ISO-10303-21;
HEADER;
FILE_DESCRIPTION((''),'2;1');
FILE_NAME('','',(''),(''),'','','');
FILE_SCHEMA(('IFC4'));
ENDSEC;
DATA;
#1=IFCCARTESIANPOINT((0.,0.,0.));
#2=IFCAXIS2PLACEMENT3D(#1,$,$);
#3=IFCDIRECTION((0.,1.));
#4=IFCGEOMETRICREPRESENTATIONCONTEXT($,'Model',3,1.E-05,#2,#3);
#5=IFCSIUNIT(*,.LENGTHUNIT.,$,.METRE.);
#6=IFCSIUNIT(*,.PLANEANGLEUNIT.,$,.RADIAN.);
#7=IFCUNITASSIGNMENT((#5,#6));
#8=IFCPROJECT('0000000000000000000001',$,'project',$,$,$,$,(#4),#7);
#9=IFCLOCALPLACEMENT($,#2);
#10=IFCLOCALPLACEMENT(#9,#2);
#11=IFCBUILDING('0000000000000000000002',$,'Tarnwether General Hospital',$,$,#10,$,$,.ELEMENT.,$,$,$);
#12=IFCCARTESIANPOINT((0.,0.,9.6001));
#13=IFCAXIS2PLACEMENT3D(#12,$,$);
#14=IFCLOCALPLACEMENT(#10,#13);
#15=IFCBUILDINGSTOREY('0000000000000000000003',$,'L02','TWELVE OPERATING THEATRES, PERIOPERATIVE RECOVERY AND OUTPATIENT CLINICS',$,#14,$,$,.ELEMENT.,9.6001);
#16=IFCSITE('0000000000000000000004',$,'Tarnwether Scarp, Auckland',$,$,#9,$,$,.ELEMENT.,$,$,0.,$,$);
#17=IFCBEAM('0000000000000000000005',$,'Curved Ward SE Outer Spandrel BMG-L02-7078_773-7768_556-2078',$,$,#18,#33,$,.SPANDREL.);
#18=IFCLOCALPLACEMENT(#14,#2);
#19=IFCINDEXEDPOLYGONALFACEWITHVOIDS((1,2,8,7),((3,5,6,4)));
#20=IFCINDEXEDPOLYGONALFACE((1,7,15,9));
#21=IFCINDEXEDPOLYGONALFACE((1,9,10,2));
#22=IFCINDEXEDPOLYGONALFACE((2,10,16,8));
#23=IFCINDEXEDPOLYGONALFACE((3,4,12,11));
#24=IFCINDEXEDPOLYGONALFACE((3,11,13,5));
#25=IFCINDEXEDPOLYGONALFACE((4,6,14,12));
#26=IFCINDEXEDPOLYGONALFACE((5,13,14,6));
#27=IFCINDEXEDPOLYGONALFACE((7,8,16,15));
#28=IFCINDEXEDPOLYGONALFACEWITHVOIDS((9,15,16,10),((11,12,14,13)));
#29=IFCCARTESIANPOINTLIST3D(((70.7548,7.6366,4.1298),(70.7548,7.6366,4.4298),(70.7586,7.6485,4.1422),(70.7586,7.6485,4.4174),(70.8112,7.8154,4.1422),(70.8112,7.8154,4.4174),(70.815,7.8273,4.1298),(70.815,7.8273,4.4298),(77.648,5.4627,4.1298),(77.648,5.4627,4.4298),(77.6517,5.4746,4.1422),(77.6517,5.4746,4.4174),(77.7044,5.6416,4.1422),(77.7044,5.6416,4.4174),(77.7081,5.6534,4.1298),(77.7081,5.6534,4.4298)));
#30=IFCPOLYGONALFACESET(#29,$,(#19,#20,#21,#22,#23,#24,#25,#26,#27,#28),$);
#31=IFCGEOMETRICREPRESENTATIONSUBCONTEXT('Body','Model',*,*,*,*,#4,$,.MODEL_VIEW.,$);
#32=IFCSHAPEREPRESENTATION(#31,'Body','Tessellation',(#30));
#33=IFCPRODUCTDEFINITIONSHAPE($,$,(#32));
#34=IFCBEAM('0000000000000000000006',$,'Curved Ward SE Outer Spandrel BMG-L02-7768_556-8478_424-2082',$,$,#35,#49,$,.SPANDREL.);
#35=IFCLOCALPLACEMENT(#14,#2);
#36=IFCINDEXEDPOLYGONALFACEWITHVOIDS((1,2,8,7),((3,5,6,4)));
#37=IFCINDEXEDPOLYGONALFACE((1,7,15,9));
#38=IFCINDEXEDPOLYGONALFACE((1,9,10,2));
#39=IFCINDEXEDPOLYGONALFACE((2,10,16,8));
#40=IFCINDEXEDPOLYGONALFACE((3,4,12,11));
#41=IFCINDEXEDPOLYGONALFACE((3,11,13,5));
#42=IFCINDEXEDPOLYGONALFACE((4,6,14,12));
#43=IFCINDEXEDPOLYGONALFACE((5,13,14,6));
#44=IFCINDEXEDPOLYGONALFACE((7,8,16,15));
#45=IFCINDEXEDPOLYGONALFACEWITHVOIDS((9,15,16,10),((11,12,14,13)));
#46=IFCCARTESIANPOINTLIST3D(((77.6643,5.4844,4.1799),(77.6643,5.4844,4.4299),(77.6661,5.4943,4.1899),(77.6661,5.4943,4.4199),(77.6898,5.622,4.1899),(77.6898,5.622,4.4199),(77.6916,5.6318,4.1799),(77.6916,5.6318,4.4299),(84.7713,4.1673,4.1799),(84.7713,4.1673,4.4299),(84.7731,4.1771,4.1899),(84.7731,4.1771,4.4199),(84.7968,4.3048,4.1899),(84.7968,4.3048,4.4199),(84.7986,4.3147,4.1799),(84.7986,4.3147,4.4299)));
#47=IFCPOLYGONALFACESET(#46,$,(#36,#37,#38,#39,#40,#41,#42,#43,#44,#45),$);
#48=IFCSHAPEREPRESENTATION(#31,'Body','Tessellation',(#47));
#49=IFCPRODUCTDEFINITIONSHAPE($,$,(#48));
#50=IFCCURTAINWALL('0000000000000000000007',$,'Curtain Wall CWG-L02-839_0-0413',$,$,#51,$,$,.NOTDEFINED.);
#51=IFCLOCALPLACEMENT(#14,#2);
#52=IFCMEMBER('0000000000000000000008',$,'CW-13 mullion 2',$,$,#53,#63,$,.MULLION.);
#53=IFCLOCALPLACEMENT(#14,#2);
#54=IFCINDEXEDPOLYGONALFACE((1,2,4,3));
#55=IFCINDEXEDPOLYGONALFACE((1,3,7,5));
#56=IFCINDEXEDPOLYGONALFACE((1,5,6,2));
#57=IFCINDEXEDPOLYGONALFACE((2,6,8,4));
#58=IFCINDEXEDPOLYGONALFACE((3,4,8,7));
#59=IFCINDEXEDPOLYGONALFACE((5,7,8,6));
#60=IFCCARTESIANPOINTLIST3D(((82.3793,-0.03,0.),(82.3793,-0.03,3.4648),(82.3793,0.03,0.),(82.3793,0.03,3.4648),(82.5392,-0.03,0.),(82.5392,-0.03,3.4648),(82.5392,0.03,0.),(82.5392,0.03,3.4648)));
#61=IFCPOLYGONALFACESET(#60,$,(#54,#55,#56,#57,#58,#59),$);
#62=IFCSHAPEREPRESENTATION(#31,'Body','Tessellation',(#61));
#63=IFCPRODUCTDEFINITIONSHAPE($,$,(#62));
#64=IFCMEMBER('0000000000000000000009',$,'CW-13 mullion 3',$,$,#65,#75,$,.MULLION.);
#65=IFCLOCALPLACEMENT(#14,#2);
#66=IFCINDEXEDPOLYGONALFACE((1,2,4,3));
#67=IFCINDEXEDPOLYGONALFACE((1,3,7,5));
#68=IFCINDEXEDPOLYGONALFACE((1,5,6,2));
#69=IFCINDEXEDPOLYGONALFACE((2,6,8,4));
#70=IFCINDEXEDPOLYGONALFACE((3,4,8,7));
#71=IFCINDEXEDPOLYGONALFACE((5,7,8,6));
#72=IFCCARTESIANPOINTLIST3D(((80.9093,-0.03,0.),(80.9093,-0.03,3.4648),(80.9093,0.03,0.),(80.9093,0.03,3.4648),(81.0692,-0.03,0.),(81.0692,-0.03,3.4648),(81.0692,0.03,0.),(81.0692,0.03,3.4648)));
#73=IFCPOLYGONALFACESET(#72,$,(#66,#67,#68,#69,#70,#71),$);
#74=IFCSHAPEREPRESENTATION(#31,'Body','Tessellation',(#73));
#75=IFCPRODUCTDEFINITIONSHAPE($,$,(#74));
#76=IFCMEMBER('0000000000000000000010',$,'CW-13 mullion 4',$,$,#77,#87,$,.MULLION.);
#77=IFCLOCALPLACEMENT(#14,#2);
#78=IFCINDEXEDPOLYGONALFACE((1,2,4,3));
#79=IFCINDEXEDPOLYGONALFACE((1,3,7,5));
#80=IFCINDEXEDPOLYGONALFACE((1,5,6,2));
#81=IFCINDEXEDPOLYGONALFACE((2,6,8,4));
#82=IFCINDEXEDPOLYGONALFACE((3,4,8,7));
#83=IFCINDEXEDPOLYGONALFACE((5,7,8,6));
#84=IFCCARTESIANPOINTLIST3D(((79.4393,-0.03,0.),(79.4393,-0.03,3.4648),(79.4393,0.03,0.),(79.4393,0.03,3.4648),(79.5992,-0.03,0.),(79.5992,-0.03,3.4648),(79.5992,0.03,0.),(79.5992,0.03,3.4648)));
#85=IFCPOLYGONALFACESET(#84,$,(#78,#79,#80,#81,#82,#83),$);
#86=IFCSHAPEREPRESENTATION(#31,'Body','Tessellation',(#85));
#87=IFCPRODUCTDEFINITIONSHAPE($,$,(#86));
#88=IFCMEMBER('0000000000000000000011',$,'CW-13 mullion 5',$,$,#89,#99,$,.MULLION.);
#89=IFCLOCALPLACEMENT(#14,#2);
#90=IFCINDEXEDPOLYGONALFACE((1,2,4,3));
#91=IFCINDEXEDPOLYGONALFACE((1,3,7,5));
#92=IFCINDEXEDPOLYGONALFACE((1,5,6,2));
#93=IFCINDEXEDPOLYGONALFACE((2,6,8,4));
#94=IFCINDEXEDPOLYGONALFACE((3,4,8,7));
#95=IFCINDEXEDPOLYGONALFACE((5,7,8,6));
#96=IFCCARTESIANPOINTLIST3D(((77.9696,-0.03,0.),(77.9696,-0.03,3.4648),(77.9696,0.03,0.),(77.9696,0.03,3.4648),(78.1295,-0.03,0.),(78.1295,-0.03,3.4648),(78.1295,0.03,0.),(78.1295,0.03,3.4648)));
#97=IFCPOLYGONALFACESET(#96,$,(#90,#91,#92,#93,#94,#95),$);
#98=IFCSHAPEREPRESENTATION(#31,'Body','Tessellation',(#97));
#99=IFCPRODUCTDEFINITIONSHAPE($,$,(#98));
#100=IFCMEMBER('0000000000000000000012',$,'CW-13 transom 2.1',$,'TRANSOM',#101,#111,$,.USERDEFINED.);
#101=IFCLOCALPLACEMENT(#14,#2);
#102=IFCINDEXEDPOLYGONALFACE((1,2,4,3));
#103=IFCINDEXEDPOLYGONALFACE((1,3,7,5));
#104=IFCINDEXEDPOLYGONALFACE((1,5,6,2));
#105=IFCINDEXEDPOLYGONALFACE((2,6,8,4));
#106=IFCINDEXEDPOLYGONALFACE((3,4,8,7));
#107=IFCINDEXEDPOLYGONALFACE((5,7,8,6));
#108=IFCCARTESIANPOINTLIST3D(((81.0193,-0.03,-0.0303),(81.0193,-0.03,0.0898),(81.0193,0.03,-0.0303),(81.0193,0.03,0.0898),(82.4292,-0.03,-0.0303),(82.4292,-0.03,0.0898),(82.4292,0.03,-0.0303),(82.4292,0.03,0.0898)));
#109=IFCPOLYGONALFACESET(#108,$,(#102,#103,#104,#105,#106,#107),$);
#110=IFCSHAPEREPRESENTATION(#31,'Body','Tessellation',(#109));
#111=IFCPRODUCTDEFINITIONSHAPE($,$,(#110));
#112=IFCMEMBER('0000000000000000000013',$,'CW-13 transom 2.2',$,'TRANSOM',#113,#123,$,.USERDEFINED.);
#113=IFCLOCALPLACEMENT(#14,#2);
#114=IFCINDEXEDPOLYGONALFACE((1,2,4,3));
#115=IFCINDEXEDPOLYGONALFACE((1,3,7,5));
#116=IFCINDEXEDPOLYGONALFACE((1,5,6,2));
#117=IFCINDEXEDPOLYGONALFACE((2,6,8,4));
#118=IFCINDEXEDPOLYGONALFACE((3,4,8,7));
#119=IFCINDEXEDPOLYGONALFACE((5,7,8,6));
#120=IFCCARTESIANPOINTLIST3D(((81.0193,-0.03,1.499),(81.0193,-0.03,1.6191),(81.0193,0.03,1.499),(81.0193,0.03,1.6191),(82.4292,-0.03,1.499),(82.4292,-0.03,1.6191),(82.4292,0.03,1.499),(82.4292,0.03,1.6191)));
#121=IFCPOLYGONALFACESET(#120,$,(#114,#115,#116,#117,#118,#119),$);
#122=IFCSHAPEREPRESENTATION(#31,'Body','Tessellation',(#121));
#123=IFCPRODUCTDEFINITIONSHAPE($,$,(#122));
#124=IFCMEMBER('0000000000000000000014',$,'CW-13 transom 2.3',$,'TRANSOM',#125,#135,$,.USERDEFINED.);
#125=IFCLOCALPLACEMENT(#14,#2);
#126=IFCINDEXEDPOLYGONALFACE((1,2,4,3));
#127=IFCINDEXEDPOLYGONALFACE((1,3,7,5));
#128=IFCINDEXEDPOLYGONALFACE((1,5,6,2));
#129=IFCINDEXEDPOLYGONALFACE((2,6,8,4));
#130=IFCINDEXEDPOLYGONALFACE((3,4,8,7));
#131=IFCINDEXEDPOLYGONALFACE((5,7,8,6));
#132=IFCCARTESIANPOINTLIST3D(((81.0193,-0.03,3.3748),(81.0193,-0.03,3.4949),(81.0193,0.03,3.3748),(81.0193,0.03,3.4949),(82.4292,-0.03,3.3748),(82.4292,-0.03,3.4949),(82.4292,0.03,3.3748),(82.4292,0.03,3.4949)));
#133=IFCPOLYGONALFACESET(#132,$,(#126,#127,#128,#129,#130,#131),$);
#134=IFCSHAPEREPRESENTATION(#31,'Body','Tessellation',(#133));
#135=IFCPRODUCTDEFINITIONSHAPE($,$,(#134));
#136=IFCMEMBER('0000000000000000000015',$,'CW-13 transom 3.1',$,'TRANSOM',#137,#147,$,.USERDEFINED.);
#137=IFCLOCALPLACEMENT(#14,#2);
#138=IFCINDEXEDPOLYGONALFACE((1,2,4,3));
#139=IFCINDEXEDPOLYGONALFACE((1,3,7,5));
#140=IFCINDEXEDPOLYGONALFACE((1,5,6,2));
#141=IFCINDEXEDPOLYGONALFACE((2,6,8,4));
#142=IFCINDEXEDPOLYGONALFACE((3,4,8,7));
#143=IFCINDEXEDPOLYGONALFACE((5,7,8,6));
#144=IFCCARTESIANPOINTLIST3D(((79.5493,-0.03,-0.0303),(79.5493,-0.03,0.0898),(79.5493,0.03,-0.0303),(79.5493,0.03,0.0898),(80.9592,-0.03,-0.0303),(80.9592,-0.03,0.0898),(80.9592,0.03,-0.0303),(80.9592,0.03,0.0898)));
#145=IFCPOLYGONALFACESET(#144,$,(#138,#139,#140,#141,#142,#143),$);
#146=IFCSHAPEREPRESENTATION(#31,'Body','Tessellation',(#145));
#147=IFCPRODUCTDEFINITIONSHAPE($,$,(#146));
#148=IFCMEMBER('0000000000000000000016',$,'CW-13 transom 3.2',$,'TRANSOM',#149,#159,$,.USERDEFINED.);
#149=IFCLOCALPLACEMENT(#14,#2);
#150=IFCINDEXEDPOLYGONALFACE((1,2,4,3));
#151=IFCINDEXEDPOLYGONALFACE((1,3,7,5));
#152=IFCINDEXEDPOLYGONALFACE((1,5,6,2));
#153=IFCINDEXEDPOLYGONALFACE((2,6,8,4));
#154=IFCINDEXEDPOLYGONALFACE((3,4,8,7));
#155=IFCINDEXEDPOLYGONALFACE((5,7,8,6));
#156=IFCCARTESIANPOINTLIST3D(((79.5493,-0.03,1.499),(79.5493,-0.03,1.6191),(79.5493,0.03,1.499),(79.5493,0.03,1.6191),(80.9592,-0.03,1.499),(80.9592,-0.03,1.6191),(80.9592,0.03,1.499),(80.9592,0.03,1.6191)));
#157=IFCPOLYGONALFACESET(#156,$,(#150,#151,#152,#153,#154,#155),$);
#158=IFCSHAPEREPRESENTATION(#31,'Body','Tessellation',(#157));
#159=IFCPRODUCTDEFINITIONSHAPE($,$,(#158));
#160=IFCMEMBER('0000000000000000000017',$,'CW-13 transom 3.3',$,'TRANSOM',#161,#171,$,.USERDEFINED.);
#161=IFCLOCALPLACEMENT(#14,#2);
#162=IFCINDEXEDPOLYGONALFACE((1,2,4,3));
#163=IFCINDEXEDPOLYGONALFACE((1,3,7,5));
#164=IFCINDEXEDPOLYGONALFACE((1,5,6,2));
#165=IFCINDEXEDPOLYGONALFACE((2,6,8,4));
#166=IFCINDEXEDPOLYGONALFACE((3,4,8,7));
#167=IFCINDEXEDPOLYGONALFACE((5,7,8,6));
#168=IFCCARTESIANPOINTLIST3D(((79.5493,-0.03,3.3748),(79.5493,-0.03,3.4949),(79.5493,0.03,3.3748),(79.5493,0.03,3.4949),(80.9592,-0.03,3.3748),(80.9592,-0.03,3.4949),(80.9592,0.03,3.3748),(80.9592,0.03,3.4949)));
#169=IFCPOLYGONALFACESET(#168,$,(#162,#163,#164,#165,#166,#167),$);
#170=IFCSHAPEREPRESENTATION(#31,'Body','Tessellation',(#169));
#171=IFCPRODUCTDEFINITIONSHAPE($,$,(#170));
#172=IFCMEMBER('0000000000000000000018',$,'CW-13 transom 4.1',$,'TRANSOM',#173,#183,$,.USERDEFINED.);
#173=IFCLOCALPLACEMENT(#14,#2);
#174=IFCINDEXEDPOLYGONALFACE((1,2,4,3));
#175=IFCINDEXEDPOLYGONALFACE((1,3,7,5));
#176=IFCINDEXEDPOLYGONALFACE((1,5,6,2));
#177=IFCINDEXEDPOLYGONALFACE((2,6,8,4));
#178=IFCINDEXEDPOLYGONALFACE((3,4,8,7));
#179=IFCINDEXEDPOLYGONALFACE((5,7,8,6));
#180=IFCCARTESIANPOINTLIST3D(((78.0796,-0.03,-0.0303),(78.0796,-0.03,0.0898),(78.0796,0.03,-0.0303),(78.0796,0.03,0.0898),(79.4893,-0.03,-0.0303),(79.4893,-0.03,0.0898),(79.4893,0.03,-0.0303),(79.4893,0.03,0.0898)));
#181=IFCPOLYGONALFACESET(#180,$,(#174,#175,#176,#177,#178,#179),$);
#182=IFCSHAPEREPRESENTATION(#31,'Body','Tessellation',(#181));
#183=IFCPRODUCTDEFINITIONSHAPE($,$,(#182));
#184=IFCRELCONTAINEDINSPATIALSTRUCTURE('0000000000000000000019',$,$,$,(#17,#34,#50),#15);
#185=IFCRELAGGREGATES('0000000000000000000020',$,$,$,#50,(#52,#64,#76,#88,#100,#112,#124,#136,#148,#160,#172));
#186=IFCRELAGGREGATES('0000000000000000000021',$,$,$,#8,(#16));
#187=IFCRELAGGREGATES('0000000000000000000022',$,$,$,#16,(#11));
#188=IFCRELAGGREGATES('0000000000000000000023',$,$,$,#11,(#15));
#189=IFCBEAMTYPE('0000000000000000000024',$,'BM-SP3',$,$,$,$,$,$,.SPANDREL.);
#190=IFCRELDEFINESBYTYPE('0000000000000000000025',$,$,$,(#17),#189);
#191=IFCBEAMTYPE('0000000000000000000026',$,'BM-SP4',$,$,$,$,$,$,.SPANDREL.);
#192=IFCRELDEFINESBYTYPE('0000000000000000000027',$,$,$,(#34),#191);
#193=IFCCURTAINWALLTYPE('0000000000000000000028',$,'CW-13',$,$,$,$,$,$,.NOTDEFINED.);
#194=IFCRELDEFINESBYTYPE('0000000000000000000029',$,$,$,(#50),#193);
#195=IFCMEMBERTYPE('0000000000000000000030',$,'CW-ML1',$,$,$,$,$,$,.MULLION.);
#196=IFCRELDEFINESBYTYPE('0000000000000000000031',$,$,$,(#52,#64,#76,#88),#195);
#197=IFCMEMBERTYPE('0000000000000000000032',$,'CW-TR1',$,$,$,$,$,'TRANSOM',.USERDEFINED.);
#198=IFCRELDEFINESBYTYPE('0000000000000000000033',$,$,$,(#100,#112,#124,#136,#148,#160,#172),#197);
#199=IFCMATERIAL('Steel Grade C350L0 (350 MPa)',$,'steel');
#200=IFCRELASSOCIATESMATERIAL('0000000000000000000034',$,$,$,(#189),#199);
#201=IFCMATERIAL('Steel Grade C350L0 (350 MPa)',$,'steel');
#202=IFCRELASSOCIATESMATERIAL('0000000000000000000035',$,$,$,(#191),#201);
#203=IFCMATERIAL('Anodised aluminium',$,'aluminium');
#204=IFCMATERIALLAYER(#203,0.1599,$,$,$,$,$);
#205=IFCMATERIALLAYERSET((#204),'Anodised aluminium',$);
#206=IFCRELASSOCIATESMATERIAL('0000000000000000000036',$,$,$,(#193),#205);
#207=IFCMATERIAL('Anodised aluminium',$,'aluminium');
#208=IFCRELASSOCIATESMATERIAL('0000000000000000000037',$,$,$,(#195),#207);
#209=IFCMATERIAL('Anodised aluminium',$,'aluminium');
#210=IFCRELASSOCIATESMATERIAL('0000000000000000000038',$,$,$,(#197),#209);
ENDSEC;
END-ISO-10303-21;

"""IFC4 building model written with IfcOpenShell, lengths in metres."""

from ifc_helpers import new_model, si_unit, direction, frame, origin, origin_2d, place, context, subcontext, project, spatial, rectangle, hollow_rectangle, extrude, material, layer, layer_set, material_profile, profile_set, type_object, element, aggregate, save


model = new_model("IFC4")

# Units and contexts
model_context = context("Model", 3, precision=1e-05, world=origin(), true_north=direction((0.0, 1.0)))
body_context = subcontext(model_context, "Body", "Model", "MODEL_VIEW")
ifc_project = project(units=[si_unit("LENGTHUNIT", "METRE"), si_unit("PLANEANGLEUNIT", "RADIAN")], contexts=[model_context])

# Site, building, storey
site_placement = place(None, origin())
site = spatial("IfcSite", under=ifc_project, at=site_placement, Name="Tarnwether Scarp, Auckland", CompositionType="ELEMENT", RefElevation=0.0)
building_placement = place(site_placement, origin())
building = spatial("IfcBuilding", under=site, at=building_placement, Name="Tarnwether General Hospital", CompositionType="ELEMENT")
storey_placement = place(building_placement, frame((0.0, 0.0, 9.6001)))
storey = spatial("IfcBuildingStorey", under=building, at=storey_placement, Name="L02", Description="TWELVE OPERATING THEATRES, PERIOPERATIVE RECOVERY AND OUTPATIENT CLINICS", CompositionType="ELEMENT", Elevation=9.6001)

# Beams
ifc_material_1 = material(Name="Steel Grade C350L0 (350 MPa)", Category="steel")
ifc_material_profile_1 = material_profile(ifc_material_1, hollow_rectangle(XDim=0.2, YDim=0.3, WallThickness=0.0125, at=origin_2d()), Name="RHS300x200x12.5")
ifc_profile_set_1 = profile_set([ifc_material_profile_1], Name="Steel Grade C350L0 (350 MPa)")
beam_type_1 = type_object("IfcBeamType", Name="BM-SP3", PredefinedType="SPANDREL", material=ifc_profile_set_1)
beam_1_placement = place(storey_placement, frame((70.7849, 7.7319, 4.2798), z_axis=(0.953699, -0.300763, 0.0), x_axis=(0.300763, 0.953699, 0.0)))
element("IfcBeam", 1, at=beam_1_placement, inside=storey, type_object=beam_type_1, Name="Curved Ward SE Outer Spandrel BMG-L02-7078_773-7768_556-2078", PredefinedType="SPANDREL", context=body_context, shape_type="SweptSolid", body=[
    extrude(hollow_rectangle(XDim=0.2, YDim=0.3, WallThickness=0.0125, at=origin_2d()), origin(), (0.0, 0.0, 1.0), 7.2278),
])
ifc_material_2 = material(Name="Steel Grade C350L0 (350 MPa)", Category="steel")
ifc_material_profile_2 = material_profile(ifc_material_2, hollow_rectangle(XDim=0.1499, YDim=0.25, WallThickness=0.01, at=origin_2d()), Name="RHS250x150x10")
ifc_profile_set_2 = profile_set([ifc_material_profile_2], Name="Steel Grade C350L0 (350 MPa)")
beam_type_2 = type_object("IfcBeamType", Name="BM-SP4", PredefinedType="SPANDREL", material=ifc_profile_set_2)
beam_2_placement = place(storey_placement, frame((77.678, 5.5581, 4.3049), z_axis=(0.983256, -0.182228, 0.0), x_axis=(0.182228, 0.983256, 0.0)))
element("IfcBeam", 2, at=beam_2_placement, inside=storey, type_object=beam_type_2, Name="Curved Ward SE Outer Spandrel BMG-L02-7768_556-8478_424-2082", PredefinedType="SPANDREL", context=body_context, shape_type="SweptSolid", body=[
    extrude(hollow_rectangle(XDim=0.1499, YDim=0.25, WallThickness=0.01, at=origin_2d()), origin(), (0.0, 0.0, 1.0), 7.228),
])

# Curtain wall, members
ifc_material_3 = material(Name="Anodised aluminium", Category="aluminium")
ifc_layer_1 = layer(ifc_material_3, 0.1599)
ifc_layer_set_1 = layer_set([ifc_layer_1], Name="Anodised aluminium")
curtain_wall_type = type_object("IfcCurtainWallType", Name="CW-13", PredefinedType="NOTDEFINED", material=ifc_layer_set_1)
curtain_wall_placement = place(storey_placement, origin())
curtain_wall = element("IfcCurtainWall", 3, at=curtain_wall_placement, inside=storey, type_object=curtain_wall_type, Name="Curtain Wall CWG-L02-839_0-0413", PredefinedType="NOTDEFINED")
ifc_material_4 = material(Name="Anodised aluminium", Category="aluminium")
ifc_material_profile_3 = material_profile(ifc_material_4, rectangle(XDim=0.0601, YDim=0.1599, at=origin_2d()), Name="ALU-MUL-60x160")
ifc_profile_set_3 = profile_set([ifc_material_profile_3], Name="Anodised aluminium")
member_type_1 = type_object("IfcMemberType", Name="CW-ML1", PredefinedType="MULLION", material=ifc_profile_set_3)
member_1_placement = place(storey_placement, frame((82.4592, 0.0, 0.0), z_axis=(0.0, 0.0, 1.0), x_axis=(0.0, -1.0, 0.0)))
member_1 = element("IfcMember", 4, at=member_1_placement, type_object=member_type_1, Name="CW-13 mullion 2", PredefinedType="MULLION", context=body_context, shape_type="SweptSolid", body=[
    extrude(rectangle(XDim=0.0601, YDim=0.1599, at=origin_2d()), origin(), (0.0, 0.0, 1.0), 3.4648),
])
member_2_placement = place(storey_placement, frame((80.9893, 0.0, 0.0), z_axis=(0.0, 0.0, 1.0), x_axis=(0.0, -1.0, 0.0)))
member_2 = element("IfcMember", 5, at=member_2_placement, type_object=member_type_1, Name="CW-13 mullion 3", PredefinedType="MULLION", context=body_context, shape_type="SweptSolid", body=[
    extrude(rectangle(XDim=0.0601, YDim=0.1599, at=origin_2d()), origin(), (0.0, 0.0, 1.0), 3.4648),
])
member_3_placement = place(storey_placement, frame((79.5193, 0.0, 0.0), z_axis=(0.0, 0.0, 1.0), x_axis=(0.0, -1.0, 0.0)))
member_3 = element("IfcMember", 6, at=member_3_placement, type_object=member_type_1, Name="CW-13 mullion 4", PredefinedType="MULLION", context=body_context, shape_type="SweptSolid", body=[
    extrude(rectangle(XDim=0.0601, YDim=0.1599, at=origin_2d()), origin(), (0.0, 0.0, 1.0), 3.4648),
])
member_4_placement = place(storey_placement, frame((78.0496, 0.0, 0.0), z_axis=(0.0, 0.0, 1.0), x_axis=(0.0, -1.0, 0.0)))
member_4 = element("IfcMember", 7, at=member_4_placement, type_object=member_type_1, Name="CW-13 mullion 5", PredefinedType="MULLION", context=body_context, shape_type="SweptSolid", body=[
    extrude(rectangle(XDim=0.0601, YDim=0.1599, at=origin_2d()), origin(), (0.0, 0.0, 1.0), 3.4648),
])
ifc_material_5 = material(Name="Anodised aluminium", Category="aluminium")
ifc_material_profile_4 = material_profile(ifc_material_5, rectangle(XDim=0.0601, YDim=0.1201, at=origin_2d()), Name="ALU-TRN-60x120")
ifc_profile_set_4 = profile_set([ifc_material_profile_4], Name="Anodised aluminium")
member_type_2 = type_object("IfcMemberType", Name="CW-TR1", ElementType="TRANSOM", PredefinedType="USERDEFINED", material=ifc_profile_set_4)
member_5_placement = place(storey_placement, frame((82.4292, 0.0, 0.0298), z_axis=(-1.0, 0.0, 0.0), x_axis=(0.0, -1.0, 0.0)))
member_5 = element("IfcMember", 8, at=member_5_placement, type_object=member_type_2, Name="CW-13 transom 2.1", ObjectType="TRANSOM", PredefinedType="USERDEFINED", context=body_context, shape_type="SweptSolid", body=[
    extrude(rectangle(XDim=0.0601, YDim=0.1201, at=origin_2d()), origin(), (0.0, 0.0, 1.0), 1.4099),
])
member_6_placement = place(storey_placement, frame((82.4292, 0.0, 1.5591), z_axis=(-1.0, 0.0, 0.0), x_axis=(0.0, -1.0, 0.0)))
member_6 = element("IfcMember", 9, at=member_6_placement, type_object=member_type_2, Name="CW-13 transom 2.2", ObjectType="TRANSOM", PredefinedType="USERDEFINED", context=body_context, shape_type="SweptSolid", body=[
    extrude(rectangle(XDim=0.0601, YDim=0.1201, at=origin_2d()), origin(), (0.0, 0.0, 1.0), 1.4099),
])
member_7_placement = place(storey_placement, frame((82.4292, 0.0, 3.4348), z_axis=(-1.0, 0.0, 0.0), x_axis=(0.0, -1.0, 0.0)))
member_7 = element("IfcMember", 10, at=member_7_placement, type_object=member_type_2, Name="CW-13 transom 2.3", ObjectType="TRANSOM", PredefinedType="USERDEFINED", context=body_context, shape_type="SweptSolid", body=[
    extrude(rectangle(XDim=0.0601, YDim=0.1201, at=origin_2d()), origin(), (0.0, 0.0, 1.0), 1.4099),
])
member_8_placement = place(storey_placement, frame((80.9592, 0.0, 0.0298), z_axis=(-1.0, 0.0, 0.0), x_axis=(0.0, -1.0, 0.0)))
member_8 = element("IfcMember", 11, at=member_8_placement, type_object=member_type_2, Name="CW-13 transom 3.1", ObjectType="TRANSOM", PredefinedType="USERDEFINED", context=body_context, shape_type="SweptSolid", body=[
    extrude(rectangle(XDim=0.0601, YDim=0.1201, at=origin_2d()), origin(), (0.0, 0.0, 1.0), 1.4099),
])
member_9_placement = place(storey_placement, frame((80.9592, 0.0, 1.5591), z_axis=(-1.0, 0.0, 0.0), x_axis=(0.0, -1.0, 0.0)))
member_9 = element("IfcMember", 12, at=member_9_placement, type_object=member_type_2, Name="CW-13 transom 3.2", ObjectType="TRANSOM", PredefinedType="USERDEFINED", context=body_context, shape_type="SweptSolid", body=[
    extrude(rectangle(XDim=0.0601, YDim=0.1201, at=origin_2d()), origin(), (0.0, 0.0, 1.0), 1.4099),
])
member_10_placement = place(storey_placement, frame((80.9592, 0.0, 3.4348), z_axis=(-1.0, 0.0, 0.0), x_axis=(0.0, -1.0, 0.0)))
member_10 = element("IfcMember", 13, at=member_10_placement, type_object=member_type_2, Name="CW-13 transom 3.3", ObjectType="TRANSOM", PredefinedType="USERDEFINED", context=body_context, shape_type="SweptSolid", body=[
    extrude(rectangle(XDim=0.0601, YDim=0.1201, at=origin_2d()), origin(), (0.0, 0.0, 1.0), 1.4099),
])
member_11_placement = place(storey_placement, frame((79.4893, 0.0, 0.0298), z_axis=(-1.0, 0.0, 0.0), x_axis=(0.0, -1.0, 0.0)))
member_11 = element("IfcMember", 14, at=member_11_placement, type_object=member_type_2, Name="CW-13 transom 4.1", ObjectType="TRANSOM", PredefinedType="USERDEFINED", context=body_context, shape_type="SweptSolid", body=[
    extrude(rectangle(XDim=0.0601, YDim=0.1201, at=origin_2d()), origin(), (0.0, 0.0, 1.0), 1.4097),
])
aggregate(curtain_wall, [member_1, member_2, member_3, member_4, member_5, member_6, member_7, member_8, member_9, member_10, member_11])

save(model, "model.ifc")
